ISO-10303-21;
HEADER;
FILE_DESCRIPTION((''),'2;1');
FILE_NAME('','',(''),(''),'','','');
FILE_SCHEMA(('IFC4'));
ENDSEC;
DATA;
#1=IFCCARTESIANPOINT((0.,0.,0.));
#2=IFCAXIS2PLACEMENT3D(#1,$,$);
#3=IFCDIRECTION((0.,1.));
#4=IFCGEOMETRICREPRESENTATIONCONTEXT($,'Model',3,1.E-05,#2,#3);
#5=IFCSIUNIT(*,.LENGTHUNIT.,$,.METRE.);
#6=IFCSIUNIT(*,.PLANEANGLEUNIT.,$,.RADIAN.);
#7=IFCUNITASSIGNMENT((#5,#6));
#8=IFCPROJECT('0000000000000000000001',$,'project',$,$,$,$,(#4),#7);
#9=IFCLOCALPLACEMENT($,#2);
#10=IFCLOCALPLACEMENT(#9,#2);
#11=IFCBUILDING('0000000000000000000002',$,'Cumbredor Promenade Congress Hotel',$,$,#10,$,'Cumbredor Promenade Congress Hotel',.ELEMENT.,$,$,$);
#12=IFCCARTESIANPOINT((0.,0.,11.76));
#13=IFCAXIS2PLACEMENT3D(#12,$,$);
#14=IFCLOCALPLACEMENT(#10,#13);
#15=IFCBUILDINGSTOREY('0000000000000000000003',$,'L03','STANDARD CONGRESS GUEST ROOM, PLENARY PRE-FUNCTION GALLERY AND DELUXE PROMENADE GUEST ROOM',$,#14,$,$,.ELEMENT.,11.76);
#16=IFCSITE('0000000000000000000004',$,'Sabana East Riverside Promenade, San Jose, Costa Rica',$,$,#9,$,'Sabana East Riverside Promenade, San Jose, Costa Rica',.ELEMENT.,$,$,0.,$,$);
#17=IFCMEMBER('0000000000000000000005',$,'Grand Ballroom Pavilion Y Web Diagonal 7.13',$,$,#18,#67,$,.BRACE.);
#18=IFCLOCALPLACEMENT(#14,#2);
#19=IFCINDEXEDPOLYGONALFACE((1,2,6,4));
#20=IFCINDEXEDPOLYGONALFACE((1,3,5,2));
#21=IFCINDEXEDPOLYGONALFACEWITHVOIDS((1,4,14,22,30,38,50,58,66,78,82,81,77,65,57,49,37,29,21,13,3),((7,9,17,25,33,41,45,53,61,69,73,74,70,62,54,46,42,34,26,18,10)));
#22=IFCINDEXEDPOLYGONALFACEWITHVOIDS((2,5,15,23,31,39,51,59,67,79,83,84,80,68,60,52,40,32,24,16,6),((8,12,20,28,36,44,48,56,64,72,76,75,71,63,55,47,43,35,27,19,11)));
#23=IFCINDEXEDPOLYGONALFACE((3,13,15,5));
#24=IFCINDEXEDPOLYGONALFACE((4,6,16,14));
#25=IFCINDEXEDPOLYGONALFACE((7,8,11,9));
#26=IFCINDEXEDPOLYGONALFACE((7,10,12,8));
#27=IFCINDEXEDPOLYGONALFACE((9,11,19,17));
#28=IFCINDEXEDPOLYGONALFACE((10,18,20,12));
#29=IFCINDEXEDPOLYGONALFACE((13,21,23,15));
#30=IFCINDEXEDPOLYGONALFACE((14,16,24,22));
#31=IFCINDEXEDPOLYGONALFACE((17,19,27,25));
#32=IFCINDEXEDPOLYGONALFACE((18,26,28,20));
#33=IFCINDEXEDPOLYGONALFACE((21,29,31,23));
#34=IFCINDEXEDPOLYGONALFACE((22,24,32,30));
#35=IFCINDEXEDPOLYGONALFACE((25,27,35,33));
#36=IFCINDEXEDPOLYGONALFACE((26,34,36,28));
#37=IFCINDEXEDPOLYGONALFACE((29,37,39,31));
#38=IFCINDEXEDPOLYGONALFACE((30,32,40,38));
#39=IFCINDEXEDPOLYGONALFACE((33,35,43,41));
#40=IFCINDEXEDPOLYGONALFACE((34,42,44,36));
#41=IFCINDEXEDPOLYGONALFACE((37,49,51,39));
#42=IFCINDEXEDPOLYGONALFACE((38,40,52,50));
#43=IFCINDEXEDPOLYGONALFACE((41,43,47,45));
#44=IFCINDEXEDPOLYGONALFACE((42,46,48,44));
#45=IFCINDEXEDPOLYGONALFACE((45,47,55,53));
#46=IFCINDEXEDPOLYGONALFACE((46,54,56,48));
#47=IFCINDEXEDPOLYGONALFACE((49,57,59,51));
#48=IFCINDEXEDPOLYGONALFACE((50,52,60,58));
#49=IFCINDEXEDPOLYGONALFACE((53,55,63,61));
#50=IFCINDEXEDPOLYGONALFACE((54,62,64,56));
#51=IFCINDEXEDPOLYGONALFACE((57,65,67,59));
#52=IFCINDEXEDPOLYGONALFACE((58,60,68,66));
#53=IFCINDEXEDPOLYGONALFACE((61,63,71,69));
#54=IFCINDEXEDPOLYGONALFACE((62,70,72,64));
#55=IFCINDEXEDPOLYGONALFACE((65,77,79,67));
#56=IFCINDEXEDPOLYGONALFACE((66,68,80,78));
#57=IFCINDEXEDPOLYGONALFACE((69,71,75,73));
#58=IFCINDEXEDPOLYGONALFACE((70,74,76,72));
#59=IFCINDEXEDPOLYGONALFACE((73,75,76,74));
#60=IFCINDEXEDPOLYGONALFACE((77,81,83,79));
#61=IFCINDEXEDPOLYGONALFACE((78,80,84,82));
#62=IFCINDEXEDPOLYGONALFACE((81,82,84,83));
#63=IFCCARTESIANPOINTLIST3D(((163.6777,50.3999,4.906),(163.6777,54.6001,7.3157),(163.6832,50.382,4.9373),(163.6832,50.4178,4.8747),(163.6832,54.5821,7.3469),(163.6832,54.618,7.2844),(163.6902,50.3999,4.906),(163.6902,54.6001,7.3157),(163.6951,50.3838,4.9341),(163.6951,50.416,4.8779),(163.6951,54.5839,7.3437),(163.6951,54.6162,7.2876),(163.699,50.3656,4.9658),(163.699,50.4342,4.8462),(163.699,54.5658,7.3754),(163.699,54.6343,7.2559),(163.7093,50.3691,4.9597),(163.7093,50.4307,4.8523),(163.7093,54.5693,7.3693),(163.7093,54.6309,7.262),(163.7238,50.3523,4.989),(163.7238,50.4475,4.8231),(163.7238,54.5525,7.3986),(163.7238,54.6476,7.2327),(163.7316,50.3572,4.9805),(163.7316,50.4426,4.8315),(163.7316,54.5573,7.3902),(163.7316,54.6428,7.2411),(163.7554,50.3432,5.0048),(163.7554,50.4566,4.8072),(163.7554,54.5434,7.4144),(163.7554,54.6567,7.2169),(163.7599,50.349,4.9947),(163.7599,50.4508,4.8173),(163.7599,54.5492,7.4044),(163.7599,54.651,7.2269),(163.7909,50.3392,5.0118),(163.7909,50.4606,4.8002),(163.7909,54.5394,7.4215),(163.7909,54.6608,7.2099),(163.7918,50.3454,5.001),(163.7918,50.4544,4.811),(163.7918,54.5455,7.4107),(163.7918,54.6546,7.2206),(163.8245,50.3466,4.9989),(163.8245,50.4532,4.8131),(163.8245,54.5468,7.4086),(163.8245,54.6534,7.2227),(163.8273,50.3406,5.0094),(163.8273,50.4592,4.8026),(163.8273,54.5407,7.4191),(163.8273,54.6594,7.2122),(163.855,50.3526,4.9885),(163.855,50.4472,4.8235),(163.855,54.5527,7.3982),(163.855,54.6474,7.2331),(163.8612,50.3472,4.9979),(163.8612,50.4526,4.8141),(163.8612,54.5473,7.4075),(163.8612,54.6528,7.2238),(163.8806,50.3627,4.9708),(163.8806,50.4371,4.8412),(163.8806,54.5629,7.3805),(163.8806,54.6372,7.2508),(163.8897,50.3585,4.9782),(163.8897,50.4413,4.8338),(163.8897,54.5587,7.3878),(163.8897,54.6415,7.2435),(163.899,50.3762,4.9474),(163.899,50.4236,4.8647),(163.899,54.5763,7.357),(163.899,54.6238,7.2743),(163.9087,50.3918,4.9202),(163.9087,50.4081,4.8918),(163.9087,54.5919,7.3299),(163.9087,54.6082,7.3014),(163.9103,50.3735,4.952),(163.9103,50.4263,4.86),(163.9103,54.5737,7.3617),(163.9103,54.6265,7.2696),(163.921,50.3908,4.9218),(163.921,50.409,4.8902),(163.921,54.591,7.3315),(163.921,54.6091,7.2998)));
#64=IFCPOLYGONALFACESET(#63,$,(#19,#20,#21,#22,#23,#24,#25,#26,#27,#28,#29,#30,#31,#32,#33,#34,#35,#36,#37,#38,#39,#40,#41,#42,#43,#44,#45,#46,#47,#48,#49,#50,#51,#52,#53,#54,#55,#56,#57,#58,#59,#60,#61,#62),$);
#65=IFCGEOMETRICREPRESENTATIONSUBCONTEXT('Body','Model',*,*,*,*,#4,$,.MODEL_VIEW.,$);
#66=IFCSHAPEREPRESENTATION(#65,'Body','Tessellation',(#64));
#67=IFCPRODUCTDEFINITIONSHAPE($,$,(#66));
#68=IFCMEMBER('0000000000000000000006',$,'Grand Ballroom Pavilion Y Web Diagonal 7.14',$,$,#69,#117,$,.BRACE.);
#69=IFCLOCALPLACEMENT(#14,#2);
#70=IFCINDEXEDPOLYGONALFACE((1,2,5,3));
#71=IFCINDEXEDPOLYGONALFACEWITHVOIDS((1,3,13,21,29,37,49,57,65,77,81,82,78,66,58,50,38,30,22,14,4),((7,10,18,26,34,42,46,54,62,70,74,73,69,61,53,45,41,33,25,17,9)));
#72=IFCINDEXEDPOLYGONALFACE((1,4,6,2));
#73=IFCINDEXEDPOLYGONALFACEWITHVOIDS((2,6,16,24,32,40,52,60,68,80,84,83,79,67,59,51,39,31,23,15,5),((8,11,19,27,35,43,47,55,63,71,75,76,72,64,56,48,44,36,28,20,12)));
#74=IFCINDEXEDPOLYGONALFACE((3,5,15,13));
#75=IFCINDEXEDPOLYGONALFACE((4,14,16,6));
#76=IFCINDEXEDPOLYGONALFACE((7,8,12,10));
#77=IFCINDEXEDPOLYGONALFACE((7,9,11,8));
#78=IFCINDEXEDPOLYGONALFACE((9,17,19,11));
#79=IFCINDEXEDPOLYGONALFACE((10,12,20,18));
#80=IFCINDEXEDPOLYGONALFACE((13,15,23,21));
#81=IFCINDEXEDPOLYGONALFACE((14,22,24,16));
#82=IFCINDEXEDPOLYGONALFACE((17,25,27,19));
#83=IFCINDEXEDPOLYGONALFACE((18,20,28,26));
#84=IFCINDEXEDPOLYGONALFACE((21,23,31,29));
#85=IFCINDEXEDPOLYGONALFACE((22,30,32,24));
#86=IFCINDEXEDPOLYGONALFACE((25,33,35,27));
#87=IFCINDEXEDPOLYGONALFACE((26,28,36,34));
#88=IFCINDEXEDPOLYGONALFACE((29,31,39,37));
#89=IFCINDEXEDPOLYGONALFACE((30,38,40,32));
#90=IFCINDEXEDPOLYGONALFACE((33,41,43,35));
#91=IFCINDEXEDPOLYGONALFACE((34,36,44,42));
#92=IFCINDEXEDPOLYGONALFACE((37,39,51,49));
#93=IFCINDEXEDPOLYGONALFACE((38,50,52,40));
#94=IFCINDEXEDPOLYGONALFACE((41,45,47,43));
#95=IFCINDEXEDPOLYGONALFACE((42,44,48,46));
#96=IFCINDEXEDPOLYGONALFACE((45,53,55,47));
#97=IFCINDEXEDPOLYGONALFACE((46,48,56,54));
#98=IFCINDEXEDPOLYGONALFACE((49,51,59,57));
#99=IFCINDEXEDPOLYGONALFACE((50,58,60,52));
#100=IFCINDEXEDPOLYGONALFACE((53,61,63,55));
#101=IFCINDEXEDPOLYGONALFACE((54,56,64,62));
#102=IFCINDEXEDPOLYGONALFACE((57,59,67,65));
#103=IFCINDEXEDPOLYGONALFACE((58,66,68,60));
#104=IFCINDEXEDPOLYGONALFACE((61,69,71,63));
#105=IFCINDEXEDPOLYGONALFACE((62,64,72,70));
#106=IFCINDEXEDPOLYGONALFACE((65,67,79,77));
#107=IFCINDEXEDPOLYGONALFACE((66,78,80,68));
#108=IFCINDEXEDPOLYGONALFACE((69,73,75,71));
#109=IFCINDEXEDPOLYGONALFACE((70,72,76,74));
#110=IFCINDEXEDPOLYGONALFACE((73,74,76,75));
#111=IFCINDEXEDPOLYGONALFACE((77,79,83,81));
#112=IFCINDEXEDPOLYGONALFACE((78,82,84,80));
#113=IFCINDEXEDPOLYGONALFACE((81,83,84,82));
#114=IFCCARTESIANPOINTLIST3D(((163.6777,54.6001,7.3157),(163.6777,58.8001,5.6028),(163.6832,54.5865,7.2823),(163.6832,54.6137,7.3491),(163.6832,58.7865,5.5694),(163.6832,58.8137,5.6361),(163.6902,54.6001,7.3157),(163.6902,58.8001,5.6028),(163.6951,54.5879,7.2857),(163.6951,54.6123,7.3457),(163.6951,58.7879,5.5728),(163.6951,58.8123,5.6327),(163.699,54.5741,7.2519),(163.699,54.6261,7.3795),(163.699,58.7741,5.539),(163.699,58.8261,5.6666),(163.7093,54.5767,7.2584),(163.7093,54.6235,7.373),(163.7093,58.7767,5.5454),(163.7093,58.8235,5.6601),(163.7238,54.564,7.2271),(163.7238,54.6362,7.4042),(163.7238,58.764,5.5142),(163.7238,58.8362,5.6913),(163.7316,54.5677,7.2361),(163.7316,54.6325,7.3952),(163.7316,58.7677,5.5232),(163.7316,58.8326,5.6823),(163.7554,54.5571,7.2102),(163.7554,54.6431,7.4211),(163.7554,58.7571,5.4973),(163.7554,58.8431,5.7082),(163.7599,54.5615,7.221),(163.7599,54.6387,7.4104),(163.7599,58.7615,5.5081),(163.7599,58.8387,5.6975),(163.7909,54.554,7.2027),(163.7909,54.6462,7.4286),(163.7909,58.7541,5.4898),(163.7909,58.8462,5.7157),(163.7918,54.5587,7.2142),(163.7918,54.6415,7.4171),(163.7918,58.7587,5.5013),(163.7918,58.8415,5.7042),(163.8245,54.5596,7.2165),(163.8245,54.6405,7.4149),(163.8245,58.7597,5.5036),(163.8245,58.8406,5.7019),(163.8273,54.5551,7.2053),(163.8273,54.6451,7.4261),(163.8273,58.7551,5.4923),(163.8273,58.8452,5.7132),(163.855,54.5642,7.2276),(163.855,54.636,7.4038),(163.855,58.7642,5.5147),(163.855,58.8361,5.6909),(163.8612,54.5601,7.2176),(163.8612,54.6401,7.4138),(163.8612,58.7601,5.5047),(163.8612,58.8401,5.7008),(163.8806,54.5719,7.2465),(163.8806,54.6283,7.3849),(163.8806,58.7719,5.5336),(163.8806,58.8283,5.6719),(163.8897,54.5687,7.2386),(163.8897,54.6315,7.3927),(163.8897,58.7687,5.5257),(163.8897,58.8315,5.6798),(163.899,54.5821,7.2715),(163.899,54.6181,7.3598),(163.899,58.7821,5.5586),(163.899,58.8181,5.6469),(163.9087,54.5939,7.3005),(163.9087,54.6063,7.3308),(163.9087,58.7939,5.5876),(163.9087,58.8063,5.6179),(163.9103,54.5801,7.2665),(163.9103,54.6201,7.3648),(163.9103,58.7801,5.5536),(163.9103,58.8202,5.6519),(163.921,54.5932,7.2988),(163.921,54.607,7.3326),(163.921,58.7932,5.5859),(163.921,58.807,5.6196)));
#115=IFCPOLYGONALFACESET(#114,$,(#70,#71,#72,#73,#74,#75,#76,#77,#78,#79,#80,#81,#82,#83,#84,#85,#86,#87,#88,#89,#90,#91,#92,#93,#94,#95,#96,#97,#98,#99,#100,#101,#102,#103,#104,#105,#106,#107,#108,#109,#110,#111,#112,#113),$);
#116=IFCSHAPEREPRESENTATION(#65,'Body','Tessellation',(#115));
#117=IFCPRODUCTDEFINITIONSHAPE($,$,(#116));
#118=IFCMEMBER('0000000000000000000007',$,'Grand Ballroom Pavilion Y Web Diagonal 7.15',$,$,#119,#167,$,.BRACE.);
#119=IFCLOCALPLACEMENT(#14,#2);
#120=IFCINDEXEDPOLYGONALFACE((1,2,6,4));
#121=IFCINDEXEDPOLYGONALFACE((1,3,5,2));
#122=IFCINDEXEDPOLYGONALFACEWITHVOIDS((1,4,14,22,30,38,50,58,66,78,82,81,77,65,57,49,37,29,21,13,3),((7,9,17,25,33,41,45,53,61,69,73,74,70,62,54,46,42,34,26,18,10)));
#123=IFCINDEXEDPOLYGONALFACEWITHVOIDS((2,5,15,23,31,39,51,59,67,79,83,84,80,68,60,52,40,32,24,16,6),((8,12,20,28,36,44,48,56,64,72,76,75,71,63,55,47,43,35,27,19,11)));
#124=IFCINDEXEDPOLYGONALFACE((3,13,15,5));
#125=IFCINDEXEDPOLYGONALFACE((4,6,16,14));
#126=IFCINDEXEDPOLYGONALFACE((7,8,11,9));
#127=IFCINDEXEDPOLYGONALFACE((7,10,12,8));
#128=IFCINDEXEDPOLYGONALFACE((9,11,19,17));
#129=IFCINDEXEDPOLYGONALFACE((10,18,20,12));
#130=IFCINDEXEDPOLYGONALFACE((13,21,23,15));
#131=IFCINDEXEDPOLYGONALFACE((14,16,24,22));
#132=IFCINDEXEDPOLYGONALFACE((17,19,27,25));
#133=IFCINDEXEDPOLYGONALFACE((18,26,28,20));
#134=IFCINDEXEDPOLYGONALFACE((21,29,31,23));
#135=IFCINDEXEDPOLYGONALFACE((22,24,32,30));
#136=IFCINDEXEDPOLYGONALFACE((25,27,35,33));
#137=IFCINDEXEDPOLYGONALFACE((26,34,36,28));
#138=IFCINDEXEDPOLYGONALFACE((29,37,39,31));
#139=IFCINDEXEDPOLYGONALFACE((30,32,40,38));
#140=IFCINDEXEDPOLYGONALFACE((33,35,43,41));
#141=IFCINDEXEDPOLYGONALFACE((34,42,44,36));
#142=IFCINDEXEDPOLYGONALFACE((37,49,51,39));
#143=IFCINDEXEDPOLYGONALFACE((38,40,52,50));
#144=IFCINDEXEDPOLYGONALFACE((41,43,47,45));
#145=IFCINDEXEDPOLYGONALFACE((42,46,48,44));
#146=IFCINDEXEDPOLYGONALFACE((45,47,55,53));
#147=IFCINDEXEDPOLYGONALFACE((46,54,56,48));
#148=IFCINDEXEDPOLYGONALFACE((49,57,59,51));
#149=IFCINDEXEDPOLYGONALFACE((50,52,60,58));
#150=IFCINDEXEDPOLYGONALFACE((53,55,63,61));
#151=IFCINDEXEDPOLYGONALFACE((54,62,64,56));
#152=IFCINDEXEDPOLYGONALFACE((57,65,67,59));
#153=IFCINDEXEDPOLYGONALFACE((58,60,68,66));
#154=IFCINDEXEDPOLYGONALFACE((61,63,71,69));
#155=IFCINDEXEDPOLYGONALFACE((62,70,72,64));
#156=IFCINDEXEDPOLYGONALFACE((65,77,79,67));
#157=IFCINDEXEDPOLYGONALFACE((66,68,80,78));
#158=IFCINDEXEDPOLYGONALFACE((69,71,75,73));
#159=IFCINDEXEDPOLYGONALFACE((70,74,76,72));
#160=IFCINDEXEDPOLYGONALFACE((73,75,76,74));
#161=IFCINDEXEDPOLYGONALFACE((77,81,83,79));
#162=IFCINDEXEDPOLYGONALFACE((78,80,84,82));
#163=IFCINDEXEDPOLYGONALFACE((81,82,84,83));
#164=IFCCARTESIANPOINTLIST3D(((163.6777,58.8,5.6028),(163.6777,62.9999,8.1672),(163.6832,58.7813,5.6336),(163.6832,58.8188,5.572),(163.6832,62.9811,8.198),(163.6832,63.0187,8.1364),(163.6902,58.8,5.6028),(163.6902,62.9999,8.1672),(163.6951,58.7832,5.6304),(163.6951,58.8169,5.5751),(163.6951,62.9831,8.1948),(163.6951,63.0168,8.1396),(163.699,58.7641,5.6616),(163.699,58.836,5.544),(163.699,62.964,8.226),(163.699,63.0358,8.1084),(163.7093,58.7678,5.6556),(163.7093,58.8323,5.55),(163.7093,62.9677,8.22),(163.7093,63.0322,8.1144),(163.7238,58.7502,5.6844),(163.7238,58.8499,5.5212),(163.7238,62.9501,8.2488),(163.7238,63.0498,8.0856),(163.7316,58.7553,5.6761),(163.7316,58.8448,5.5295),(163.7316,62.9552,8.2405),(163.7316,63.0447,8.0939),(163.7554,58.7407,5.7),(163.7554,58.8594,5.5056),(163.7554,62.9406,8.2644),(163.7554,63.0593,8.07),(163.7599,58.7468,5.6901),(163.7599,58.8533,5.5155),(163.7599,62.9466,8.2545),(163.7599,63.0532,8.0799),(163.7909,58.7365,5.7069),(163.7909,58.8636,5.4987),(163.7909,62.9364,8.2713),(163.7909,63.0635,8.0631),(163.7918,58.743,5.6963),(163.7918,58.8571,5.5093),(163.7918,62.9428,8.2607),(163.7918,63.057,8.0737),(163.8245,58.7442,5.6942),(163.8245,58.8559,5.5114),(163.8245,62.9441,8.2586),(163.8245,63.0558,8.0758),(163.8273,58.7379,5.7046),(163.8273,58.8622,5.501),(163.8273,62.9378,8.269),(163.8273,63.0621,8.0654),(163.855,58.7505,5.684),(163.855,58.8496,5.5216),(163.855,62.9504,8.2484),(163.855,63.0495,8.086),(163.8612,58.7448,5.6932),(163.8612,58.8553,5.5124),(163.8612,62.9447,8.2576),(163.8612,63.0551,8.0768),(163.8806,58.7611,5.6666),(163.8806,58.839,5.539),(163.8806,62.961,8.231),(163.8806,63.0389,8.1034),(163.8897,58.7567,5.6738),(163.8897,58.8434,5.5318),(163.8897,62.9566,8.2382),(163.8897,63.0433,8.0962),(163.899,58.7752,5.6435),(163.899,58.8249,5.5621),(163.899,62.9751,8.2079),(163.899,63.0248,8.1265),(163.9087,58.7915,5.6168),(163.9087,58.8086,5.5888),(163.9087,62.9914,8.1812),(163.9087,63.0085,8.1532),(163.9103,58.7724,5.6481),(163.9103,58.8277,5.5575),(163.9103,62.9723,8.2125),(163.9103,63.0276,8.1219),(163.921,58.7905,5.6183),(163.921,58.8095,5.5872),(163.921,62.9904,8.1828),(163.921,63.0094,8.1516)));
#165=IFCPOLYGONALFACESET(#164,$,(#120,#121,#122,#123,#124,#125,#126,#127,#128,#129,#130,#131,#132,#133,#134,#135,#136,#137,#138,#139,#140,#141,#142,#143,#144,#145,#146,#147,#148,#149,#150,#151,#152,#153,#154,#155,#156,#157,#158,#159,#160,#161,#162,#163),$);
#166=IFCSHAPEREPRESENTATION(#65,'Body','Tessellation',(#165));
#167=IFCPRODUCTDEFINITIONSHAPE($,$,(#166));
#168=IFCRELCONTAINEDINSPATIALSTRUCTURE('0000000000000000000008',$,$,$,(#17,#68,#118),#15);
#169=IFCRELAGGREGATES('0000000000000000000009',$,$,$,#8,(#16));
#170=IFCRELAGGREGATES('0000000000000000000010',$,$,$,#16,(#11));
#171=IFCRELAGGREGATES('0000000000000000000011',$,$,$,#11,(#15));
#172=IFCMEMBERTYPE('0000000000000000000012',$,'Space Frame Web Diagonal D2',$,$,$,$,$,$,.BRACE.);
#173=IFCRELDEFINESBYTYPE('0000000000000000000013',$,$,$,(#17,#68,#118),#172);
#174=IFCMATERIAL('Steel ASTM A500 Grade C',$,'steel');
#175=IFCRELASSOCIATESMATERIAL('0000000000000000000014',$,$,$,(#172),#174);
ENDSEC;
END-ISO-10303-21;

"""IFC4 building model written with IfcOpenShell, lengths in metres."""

from ifc_helpers import new_model, si_unit, direction, frame, origin, origin_2d, place, context, subcontext, project, spatial, hollow_circle, extrude, material, material_profile, profile_set, type_object, element, save


model = new_model("IFC4")

# Units and contexts
model_context = context("Model", 3, precision=1e-05, world=origin(), true_north=direction((0.0, 1.0)))
body_context = subcontext(model_context, "Body", "Model", "MODEL_VIEW")
ifc_project = project(units=[si_unit("LENGTHUNIT", "METRE"), si_unit("PLANEANGLEUNIT", "RADIAN")], contexts=[model_context])

# Site, building, storey
site_placement = place(None, origin())
site = spatial("IfcSite", under=ifc_project, at=site_placement, Name="Sabana East Riverside Promenade, San Jose, Costa Rica", LongName="Sabana East Riverside Promenade, San Jose, Costa Rica", CompositionType="ELEMENT", RefElevation=0.0)
building_placement = place(site_placement, origin())
building = spatial("IfcBuilding", under=site, at=building_placement, Name="Cumbredor Promenade Congress Hotel", LongName="Cumbredor Promenade Congress Hotel", CompositionType="ELEMENT")
storey_placement = place(building_placement, frame((0.0, 0.0, 11.76)))
storey = spatial("IfcBuildingStorey", under=building, at=storey_placement, Name="L03", Description="STANDARD CONGRESS GUEST ROOM, PLENARY PRE-FUNCTION GALLERY AND DELUXE PROMENADE GUEST ROOM", CompositionType="ELEMENT", Elevation=11.76)

# Members
ifc_material_1 = material(Name="Steel ASTM A500 Grade C", Category="steel")
ifc_material_profile_1 = material_profile(ifc_material_1, hollow_circle(Radius=0.1223, WallThickness=0.0125, at=origin_2d()), Name="CHS 244.5x12.5")
ifc_profile_set_1 = profile_set([ifc_material_profile_1], Name="Steel ASTM A500 Grade C")
member_type_1 = type_object("IfcMemberType", Name="Space Frame Web Diagonal D2", PredefinedType="BRACE", material=ifc_profile_set_1)
member_1_placement = place(storey_placement, frame((163.8, 50.3999, 4.906), z_axis=(0.0, 0.867392, 0.497626), x_axis=(-1.0, 0.0, 0.0)))
element("IfcMember", 1, at=member_1_placement, inside=storey, type_object=member_type_1, Name="Grand Ballroom Pavilion Y Web Diagonal 7.13", PredefinedType="BRACE", context=body_context, shape_type="SweptSolid", body=[
    extrude(hollow_circle(Radius=0.1223, WallThickness=0.0125, at=origin_2d()), origin(), (0.0, 0.0, 1.0), 4.8423),
])
member_2_placement = place(storey_placement, frame((163.8, 54.6001, 7.3157), z_axis=(0.0, 0.925954, -0.377637), x_axis=(-1.0, 0.0, 0.0)))
element("IfcMember", 2, at=member_2_placement, inside=storey, type_object=member_type_1, Name="Grand Ballroom Pavilion Y Web Diagonal 7.14", PredefinedType="BRACE", context=body_context, shape_type="SweptSolid", body=[
    extrude(hollow_circle(Radius=0.1223, WallThickness=0.0125, at=origin_2d()), origin(), (0.0, 0.0, 1.0), 4.5359),
])
member_3_placement = place(storey_placement, frame((163.8, 58.8, 5.6028), z_axis=(0.0, 0.853479, 0.521127), x_axis=(-1.0, 0.0, 0.0)))
element("IfcMember", 3, at=member_3_placement, inside=storey, type_object=member_type_1, Name="Grand Ballroom Pavilion Y Web Diagonal 7.15", PredefinedType="BRACE", context=body_context, shape_type="SweptSolid", body=[
    extrude(hollow_circle(Radius=0.1223, WallThickness=0.0125, at=origin_2d()), origin(), (0.0, 0.0, 1.0), 4.9209),
])

save(model, "model.ifc")
